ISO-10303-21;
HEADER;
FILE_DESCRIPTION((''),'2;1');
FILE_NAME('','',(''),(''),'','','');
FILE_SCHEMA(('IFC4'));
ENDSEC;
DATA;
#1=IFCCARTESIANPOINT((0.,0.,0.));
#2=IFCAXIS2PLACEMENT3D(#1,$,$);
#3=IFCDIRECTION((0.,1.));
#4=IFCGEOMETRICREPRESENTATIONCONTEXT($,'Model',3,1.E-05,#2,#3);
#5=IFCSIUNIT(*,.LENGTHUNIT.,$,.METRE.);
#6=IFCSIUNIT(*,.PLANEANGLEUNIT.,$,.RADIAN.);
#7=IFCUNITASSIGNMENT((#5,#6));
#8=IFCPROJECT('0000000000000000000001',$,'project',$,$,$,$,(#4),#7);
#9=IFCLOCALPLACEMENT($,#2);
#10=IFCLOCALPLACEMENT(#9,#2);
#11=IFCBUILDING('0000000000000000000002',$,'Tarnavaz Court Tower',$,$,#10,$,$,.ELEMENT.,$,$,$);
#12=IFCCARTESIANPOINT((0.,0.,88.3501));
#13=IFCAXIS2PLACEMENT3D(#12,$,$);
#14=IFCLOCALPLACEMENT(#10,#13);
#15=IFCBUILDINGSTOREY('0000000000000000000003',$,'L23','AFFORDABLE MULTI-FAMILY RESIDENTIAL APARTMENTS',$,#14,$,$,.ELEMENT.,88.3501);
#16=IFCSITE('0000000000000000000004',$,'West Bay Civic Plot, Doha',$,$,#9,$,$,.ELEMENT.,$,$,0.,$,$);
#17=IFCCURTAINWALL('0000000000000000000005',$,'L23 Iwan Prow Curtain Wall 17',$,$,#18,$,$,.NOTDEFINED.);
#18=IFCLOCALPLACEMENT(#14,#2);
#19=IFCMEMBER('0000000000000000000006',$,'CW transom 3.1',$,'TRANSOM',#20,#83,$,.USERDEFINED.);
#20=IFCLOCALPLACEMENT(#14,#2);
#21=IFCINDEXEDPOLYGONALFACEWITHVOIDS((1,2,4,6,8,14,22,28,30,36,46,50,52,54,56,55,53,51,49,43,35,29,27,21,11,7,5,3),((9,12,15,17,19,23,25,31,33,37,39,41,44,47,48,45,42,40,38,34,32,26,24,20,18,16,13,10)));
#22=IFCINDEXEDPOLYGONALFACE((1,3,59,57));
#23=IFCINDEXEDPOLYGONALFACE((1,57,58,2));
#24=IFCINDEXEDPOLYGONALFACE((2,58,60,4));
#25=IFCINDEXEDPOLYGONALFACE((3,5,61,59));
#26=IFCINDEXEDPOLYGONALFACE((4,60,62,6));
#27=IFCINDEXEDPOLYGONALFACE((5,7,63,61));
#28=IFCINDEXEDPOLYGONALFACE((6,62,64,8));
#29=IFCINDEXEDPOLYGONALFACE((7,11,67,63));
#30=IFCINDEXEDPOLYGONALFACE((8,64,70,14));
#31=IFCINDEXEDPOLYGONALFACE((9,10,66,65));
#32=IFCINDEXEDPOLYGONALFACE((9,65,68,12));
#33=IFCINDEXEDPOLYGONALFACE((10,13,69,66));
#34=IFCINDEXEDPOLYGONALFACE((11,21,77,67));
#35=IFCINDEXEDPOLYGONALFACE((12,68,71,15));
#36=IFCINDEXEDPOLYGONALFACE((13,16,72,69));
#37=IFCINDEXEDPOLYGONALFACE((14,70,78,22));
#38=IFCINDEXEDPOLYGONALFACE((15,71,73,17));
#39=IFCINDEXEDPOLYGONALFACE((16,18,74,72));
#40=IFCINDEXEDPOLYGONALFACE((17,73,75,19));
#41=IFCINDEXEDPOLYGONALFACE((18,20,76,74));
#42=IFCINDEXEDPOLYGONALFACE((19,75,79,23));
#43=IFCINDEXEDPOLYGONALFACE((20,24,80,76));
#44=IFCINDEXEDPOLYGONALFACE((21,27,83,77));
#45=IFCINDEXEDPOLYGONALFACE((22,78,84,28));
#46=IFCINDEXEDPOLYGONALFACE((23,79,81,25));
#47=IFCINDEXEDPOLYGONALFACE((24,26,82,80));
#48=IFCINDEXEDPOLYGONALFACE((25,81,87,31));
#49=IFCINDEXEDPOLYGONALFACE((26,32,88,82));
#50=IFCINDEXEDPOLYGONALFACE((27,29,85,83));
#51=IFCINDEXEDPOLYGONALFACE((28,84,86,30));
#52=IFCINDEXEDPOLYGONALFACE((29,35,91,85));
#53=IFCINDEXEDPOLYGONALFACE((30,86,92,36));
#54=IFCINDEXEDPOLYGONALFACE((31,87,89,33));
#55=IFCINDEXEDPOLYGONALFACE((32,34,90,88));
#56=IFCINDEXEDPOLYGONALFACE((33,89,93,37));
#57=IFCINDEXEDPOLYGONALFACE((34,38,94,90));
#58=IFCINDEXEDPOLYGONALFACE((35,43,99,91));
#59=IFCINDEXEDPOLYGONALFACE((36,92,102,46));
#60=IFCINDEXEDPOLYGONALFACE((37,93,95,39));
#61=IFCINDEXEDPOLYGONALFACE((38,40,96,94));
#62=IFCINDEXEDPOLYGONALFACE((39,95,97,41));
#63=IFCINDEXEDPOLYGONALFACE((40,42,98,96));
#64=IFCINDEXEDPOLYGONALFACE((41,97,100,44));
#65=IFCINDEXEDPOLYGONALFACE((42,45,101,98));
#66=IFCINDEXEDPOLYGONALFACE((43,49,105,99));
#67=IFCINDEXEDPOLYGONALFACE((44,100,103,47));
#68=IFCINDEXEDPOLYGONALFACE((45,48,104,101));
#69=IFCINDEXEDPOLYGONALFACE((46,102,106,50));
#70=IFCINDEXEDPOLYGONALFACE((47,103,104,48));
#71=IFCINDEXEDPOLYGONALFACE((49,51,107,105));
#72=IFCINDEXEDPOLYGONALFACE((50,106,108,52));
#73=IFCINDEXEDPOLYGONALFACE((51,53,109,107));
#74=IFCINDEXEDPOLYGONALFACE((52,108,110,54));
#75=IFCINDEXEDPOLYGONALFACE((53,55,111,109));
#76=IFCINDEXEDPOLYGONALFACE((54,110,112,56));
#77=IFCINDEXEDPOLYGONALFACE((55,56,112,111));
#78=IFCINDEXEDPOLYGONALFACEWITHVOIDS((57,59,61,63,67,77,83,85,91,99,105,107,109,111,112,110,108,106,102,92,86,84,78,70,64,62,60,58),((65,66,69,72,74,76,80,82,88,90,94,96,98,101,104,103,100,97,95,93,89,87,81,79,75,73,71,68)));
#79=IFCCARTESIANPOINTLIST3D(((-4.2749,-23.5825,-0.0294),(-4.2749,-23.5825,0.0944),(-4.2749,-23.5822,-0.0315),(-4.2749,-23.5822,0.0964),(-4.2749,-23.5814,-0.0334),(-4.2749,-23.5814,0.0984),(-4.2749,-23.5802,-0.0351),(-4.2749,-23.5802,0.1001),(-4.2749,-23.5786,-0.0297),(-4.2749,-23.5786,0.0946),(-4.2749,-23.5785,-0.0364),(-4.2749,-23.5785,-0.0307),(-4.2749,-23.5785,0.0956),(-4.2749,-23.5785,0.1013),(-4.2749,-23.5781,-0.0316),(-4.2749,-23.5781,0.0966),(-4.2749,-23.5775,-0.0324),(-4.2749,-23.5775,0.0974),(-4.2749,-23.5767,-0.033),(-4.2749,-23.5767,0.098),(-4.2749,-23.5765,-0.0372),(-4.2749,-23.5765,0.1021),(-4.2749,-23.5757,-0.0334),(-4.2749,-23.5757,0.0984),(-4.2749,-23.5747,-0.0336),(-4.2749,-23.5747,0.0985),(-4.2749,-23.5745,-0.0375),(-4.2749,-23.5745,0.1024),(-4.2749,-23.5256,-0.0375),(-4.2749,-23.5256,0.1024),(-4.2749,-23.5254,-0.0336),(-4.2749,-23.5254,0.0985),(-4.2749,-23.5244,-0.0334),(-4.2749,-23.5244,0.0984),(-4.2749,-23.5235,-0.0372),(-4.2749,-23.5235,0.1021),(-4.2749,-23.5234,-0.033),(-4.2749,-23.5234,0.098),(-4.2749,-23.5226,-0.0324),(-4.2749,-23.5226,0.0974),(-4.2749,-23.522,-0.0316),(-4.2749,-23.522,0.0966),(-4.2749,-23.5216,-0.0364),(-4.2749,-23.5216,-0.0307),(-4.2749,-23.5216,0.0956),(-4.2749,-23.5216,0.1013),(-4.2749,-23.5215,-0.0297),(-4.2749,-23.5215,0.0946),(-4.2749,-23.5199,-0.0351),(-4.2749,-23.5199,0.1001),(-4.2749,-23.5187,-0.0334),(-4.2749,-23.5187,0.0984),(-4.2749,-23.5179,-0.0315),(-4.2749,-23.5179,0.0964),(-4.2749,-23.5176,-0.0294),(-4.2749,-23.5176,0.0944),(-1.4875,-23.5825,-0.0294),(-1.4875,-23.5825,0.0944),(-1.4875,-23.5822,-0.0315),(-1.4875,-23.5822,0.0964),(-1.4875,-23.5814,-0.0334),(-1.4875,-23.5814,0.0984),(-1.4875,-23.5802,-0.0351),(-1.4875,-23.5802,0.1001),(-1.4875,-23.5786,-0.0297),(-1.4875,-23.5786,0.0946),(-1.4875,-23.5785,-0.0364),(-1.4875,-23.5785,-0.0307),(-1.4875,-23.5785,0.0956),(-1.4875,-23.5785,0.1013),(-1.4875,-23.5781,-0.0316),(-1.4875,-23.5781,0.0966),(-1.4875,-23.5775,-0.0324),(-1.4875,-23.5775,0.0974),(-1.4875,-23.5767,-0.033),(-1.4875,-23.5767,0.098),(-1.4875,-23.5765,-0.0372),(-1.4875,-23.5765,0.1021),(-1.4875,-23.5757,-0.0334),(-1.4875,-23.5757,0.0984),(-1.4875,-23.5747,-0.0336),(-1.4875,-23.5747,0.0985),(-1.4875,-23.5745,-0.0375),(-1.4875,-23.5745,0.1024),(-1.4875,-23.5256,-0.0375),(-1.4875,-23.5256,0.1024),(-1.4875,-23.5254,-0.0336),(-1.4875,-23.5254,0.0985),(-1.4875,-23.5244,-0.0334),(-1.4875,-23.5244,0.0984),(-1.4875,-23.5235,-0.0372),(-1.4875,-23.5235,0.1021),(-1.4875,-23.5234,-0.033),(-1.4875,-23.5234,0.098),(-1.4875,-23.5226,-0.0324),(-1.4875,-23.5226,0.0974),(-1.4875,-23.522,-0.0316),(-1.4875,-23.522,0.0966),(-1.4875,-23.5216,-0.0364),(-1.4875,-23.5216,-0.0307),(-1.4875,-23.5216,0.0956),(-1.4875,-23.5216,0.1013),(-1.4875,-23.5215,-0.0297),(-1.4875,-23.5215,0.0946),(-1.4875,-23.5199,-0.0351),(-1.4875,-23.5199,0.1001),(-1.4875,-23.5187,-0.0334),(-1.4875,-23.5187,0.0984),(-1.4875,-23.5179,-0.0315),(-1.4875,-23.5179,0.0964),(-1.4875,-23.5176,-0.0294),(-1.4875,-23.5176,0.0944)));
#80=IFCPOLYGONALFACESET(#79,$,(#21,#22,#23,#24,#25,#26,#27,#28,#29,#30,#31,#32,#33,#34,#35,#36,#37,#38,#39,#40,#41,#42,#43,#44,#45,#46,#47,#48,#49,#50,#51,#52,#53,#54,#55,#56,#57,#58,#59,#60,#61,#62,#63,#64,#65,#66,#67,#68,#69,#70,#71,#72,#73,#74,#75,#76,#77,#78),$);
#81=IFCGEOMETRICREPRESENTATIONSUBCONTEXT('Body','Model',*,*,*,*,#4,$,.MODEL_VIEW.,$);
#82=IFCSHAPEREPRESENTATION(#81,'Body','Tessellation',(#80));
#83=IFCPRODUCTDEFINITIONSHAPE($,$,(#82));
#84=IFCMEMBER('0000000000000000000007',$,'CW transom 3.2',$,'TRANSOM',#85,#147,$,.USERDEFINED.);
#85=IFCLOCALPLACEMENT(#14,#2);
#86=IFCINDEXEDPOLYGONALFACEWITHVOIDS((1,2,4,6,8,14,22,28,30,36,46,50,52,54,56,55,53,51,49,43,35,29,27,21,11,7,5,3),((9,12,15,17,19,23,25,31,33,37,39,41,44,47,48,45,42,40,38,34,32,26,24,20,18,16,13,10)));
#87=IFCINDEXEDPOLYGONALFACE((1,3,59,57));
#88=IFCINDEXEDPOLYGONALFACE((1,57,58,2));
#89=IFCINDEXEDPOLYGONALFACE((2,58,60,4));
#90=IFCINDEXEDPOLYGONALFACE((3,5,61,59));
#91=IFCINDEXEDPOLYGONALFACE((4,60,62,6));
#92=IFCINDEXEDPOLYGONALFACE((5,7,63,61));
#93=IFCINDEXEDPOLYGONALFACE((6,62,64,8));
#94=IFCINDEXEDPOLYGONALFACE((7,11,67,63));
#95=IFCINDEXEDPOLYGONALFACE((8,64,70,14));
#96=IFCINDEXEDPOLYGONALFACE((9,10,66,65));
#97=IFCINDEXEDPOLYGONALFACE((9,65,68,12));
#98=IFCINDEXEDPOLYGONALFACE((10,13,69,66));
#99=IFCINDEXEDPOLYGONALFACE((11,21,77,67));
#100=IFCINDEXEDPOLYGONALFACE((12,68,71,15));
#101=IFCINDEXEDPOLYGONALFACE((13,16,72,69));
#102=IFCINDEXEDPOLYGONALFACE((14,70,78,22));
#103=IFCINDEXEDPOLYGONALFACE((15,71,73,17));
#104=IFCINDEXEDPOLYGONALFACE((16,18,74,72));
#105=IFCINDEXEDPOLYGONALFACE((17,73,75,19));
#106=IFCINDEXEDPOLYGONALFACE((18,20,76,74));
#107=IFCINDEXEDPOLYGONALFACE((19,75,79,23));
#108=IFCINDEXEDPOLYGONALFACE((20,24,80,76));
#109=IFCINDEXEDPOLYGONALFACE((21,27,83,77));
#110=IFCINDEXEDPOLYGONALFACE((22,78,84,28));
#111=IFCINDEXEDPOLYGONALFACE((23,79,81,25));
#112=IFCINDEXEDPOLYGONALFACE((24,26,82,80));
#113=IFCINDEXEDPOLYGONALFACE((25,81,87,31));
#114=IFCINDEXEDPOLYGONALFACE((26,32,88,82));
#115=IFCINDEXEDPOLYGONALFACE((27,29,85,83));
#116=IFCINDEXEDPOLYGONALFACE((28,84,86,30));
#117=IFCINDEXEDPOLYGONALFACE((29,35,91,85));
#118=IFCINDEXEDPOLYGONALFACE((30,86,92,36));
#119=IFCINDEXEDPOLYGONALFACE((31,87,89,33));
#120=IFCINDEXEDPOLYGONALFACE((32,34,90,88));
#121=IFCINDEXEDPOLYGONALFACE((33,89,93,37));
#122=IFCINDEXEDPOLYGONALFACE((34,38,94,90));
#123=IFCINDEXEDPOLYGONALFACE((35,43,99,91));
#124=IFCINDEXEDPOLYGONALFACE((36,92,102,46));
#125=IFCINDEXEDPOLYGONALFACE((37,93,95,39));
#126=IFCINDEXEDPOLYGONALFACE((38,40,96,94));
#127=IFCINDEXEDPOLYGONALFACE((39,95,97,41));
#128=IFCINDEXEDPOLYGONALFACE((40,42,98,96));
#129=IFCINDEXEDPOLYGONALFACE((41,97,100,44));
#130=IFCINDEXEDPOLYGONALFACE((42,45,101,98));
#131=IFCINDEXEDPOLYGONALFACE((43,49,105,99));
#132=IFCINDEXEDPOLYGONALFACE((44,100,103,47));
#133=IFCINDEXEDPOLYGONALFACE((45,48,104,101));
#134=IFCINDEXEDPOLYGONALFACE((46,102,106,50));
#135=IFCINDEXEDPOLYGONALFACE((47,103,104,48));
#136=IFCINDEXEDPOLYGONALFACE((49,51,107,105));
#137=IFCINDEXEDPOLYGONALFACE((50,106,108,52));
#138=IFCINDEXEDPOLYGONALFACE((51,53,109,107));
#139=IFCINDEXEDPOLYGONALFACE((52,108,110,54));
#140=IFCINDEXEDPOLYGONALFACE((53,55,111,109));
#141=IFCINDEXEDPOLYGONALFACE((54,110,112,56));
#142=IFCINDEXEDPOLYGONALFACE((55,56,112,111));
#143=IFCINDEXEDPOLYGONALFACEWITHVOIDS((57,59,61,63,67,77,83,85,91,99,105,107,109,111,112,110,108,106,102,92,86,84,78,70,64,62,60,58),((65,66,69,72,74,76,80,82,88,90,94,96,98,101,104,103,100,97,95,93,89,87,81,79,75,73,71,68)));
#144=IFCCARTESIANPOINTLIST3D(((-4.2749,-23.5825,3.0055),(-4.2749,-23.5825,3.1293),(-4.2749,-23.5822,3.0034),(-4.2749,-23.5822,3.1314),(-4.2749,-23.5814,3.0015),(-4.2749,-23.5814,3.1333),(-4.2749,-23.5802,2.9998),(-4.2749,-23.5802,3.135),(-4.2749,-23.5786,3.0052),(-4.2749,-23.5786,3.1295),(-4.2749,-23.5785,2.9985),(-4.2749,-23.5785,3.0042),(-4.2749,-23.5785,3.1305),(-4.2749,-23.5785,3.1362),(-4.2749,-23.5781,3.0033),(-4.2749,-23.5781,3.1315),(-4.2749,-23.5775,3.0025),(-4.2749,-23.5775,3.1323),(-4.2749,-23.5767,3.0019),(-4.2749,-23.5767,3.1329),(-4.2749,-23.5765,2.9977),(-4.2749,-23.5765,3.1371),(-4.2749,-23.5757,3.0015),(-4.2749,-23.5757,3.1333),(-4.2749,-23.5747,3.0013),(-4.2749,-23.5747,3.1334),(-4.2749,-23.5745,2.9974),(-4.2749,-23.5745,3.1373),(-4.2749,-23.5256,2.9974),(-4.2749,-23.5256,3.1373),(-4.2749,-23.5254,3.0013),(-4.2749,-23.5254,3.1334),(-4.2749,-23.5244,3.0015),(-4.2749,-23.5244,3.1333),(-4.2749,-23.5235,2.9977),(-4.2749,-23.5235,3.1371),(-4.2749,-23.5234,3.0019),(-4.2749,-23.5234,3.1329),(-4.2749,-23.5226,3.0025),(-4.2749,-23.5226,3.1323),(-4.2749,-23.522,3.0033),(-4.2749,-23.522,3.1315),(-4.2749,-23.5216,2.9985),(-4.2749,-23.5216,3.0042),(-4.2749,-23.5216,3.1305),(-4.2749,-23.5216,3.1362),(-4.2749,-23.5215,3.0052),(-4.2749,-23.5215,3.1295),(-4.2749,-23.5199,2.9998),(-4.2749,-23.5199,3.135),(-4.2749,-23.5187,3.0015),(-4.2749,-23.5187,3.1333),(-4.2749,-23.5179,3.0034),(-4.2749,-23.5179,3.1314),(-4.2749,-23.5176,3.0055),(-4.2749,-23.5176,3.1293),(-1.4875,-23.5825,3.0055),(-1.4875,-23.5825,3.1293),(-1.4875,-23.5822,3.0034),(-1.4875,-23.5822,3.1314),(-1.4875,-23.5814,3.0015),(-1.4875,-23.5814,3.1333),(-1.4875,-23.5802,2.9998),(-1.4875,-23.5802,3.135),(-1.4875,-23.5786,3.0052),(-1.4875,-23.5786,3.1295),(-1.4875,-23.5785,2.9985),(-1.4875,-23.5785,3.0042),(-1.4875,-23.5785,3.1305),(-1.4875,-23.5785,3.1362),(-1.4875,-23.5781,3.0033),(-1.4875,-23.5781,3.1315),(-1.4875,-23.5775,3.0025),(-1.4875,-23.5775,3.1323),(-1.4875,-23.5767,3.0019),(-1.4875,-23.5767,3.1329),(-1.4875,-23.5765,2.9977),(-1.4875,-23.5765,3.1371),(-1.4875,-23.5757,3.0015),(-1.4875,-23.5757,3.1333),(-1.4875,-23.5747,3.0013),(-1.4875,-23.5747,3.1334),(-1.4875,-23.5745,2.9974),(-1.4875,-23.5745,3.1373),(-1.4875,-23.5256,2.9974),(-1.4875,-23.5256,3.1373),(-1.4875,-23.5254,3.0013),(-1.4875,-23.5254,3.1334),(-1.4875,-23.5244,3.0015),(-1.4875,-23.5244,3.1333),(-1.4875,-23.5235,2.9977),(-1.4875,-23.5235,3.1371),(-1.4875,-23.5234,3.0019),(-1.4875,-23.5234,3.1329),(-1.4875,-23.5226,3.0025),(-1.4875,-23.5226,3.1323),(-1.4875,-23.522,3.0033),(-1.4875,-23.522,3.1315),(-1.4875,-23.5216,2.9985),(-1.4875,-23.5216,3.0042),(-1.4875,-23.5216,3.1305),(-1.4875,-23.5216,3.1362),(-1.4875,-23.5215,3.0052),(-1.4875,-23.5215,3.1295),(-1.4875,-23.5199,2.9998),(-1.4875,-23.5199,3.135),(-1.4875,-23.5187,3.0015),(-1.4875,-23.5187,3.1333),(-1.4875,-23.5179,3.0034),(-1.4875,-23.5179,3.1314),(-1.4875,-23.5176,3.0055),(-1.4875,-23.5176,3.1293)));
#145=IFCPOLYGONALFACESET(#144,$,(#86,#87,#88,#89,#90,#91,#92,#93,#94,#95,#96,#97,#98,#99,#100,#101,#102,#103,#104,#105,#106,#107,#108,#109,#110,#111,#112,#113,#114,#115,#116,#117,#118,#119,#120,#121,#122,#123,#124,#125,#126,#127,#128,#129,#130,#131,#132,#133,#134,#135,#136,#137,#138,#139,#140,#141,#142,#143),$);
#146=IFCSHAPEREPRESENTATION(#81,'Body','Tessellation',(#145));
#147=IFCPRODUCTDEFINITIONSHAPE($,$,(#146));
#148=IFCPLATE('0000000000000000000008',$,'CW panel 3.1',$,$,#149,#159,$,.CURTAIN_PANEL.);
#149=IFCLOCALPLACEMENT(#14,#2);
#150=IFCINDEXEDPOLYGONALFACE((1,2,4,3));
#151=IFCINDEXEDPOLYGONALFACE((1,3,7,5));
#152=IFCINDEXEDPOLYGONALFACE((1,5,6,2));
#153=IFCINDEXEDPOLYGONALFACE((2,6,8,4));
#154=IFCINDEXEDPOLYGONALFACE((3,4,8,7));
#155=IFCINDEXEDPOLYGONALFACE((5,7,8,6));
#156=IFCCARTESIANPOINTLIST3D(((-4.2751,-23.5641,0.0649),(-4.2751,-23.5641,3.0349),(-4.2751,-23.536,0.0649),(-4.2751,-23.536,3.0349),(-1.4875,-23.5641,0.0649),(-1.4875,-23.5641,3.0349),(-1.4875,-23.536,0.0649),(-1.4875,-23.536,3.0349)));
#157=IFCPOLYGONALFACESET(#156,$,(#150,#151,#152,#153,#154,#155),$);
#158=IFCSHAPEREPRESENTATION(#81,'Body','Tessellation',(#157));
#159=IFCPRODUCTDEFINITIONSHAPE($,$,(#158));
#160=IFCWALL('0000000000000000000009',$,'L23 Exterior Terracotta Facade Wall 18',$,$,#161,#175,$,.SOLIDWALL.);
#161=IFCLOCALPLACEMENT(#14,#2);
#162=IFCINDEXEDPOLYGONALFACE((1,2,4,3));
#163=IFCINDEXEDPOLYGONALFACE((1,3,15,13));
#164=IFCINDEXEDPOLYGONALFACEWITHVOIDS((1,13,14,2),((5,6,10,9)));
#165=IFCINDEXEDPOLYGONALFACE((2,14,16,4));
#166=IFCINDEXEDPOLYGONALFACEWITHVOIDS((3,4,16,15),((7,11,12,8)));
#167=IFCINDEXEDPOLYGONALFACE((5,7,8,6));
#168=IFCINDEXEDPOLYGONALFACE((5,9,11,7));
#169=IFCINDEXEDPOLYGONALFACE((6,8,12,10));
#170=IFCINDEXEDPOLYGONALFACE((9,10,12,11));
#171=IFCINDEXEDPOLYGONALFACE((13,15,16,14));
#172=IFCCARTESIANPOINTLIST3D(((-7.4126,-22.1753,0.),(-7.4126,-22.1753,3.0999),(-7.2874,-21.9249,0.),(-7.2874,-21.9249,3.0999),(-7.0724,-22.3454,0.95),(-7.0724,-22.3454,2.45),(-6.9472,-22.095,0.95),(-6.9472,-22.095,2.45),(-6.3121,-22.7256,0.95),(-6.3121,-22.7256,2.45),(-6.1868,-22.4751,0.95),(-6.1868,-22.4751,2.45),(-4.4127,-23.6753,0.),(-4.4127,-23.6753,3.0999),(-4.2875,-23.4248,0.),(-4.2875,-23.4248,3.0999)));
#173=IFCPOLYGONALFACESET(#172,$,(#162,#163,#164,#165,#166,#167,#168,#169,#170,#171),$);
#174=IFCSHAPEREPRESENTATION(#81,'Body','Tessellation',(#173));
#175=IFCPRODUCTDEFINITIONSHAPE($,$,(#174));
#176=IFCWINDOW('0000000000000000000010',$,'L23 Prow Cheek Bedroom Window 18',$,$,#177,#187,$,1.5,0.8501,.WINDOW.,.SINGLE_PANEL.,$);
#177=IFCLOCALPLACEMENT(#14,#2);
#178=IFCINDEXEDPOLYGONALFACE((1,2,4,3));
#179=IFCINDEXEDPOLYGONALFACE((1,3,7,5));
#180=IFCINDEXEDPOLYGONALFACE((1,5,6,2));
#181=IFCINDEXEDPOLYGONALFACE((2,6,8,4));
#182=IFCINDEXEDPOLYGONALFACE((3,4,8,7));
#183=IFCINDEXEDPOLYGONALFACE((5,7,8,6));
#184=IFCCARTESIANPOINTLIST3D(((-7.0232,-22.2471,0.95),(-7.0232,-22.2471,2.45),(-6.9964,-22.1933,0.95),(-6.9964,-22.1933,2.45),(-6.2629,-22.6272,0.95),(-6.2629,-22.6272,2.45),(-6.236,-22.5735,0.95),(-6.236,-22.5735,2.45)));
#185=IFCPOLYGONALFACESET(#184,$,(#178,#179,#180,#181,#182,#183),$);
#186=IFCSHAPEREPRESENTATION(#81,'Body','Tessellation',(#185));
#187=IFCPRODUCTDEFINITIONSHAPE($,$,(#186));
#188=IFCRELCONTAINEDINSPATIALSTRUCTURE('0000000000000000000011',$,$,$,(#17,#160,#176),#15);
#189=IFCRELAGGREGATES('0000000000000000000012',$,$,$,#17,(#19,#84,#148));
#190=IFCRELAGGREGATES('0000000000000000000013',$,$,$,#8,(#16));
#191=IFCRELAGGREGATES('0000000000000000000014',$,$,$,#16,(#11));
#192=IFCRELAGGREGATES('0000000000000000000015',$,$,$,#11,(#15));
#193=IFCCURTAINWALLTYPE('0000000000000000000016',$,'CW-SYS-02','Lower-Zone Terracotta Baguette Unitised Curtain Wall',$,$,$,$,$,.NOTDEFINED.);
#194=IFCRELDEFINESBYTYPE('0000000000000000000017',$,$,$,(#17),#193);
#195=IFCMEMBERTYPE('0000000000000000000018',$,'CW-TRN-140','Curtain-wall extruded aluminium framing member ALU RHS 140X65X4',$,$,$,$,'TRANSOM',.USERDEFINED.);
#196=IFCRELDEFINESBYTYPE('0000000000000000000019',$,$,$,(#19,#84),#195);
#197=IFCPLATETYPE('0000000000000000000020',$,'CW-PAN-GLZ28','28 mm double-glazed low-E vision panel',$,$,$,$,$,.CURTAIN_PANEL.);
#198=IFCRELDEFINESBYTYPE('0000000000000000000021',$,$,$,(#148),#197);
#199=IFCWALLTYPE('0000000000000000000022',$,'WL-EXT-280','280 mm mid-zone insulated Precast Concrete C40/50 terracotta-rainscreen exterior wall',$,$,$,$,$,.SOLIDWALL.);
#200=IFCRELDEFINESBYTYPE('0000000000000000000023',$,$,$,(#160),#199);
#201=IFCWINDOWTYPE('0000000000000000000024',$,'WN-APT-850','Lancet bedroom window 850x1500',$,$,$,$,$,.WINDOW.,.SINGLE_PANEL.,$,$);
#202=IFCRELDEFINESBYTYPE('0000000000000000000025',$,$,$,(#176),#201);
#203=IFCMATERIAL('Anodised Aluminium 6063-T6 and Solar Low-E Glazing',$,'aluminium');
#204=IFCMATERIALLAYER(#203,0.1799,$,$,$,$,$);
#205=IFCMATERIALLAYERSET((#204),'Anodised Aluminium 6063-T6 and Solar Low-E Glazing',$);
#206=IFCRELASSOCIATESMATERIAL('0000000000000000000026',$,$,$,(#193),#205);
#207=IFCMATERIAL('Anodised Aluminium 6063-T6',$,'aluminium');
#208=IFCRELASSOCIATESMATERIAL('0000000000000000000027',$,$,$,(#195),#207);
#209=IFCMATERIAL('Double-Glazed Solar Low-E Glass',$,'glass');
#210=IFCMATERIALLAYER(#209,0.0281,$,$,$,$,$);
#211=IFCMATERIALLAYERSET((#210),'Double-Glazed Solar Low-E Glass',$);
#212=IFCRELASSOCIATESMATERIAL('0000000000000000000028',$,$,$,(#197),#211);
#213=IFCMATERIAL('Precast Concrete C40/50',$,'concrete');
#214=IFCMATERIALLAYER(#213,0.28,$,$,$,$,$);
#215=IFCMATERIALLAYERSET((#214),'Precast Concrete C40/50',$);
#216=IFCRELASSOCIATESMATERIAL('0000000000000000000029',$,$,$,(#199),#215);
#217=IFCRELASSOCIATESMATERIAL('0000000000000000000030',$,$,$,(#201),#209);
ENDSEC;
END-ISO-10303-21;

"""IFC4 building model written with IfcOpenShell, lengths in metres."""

from ifc_helpers import new_model, si_unit, direction, frame, frame_2d, origin, origin_2d, place, context, subcontext, project, spatial, rectangle, hollow_rectangle, extrude, material, layer, layer_set, material_profile, profile_set, type_object, element, fill, aggregate, save


model = new_model("IFC4")

# Units and contexts
model_context = context("Model", 3, precision=1e-05, world=origin(), true_north=direction((0.0, 1.0)))
body_context = subcontext(model_context, "Body", "Model", "MODEL_VIEW")
ifc_project = project(units=[si_unit("LENGTHUNIT", "METRE"), si_unit("PLANEANGLEUNIT", "RADIAN")], contexts=[model_context])

# Site, building, storey
site_placement = place(None, origin())
site = spatial("IfcSite", under=ifc_project, at=site_placement, Name="West Bay Civic Plot, Doha", CompositionType="ELEMENT", RefElevation=0.0)
building_placement = place(site_placement, origin())
building = spatial("IfcBuilding", under=site, at=building_placement, Name="Tarnavaz Court Tower", CompositionType="ELEMENT")
storey_placement = place(building_placement, frame((0.0, 0.0, 88.3501)))
storey = spatial("IfcBuildingStorey", under=building, at=storey_placement, Name="L23", Description="AFFORDABLE MULTI-FAMILY RESIDENTIAL APARTMENTS", CompositionType="ELEMENT", Elevation=88.3501)

# Curtain wall, members, plate
ifc_material_1 = material(Name="Anodised Aluminium 6063-T6 and Solar Low-E Glazing", Category="aluminium")
ifc_layer_1 = layer(ifc_material_1, 0.1799)
ifc_layer_set_1 = layer_set([ifc_layer_1], Name="Anodised Aluminium 6063-T6 and Solar Low-E Glazing")
curtain_wall_type = type_object("IfcCurtainWallType", Name="CW-SYS-02", Description="Lower-Zone Terracotta Baguette Unitised Curtain Wall", PredefinedType="NOTDEFINED", material=ifc_layer_set_1)
curtain_wall_placement = place(storey_placement, origin())
curtain_wall = element("IfcCurtainWall", 1, at=curtain_wall_placement, inside=storey, type_object=curtain_wall_type, Name="L23 Iwan Prow Curtain Wall 17", PredefinedType="NOTDEFINED")
ifc_material_2 = material(Name="Anodised Aluminium 6063-T6", Category="aluminium")
ifc_material_profile_1 = material_profile(ifc_material_2, hollow_rectangle(XDim=0.0649, YDim=0.1399, WallThickness=0.0039, InnerFilletRadius=0.0039, OuterFilletRadius=0.0081, at=origin_2d()), Name="ALU RHS 140X65X4")
ifc_profile_set_1 = profile_set([ifc_material_profile_1], Name="Anodised Aluminium 6063-T6")
member_type_1 = type_object("IfcMemberType", Name="CW-TRN-140", Description="Curtain-wall extruded aluminium framing member ALU RHS 140X65X4", ElementType="TRANSOM", PredefinedType="USERDEFINED", material=ifc_profile_set_1)
member_1_placement = place(storey_placement, frame((-1.4875, -23.55, 0.0325), z_axis=(-1.0, 0.0, 0.0), x_axis=(0.0, -1.0, 0.0)))
member_1 = element("IfcMember", 2, at=member_1_placement, type_object=member_type_1, Name="CW transom 3.1", ObjectType="TRANSOM", PredefinedType="USERDEFINED", context=body_context, shape_type="SweptSolid", body=[
    extrude(hollow_rectangle(XDim=0.0649, YDim=0.1399, WallThickness=0.0039, InnerFilletRadius=0.0039, OuterFilletRadius=0.0081, at=origin_2d()), origin(), (0.0, 0.0, 1.0), 2.7874),
])
member_2_placement = place(storey_placement, frame((-1.4875, -23.55, 3.0674), z_axis=(-1.0, 0.0, 0.0), x_axis=(0.0, -1.0, 0.0)))
member_2 = element("IfcMember", 3, at=member_2_placement, type_object=member_type_1, Name="CW transom 3.2", ObjectType="TRANSOM", PredefinedType="USERDEFINED", context=body_context, shape_type="SweptSolid", body=[
    extrude(hollow_rectangle(XDim=0.0649, YDim=0.1399, WallThickness=0.0039, InnerFilletRadius=0.0039, OuterFilletRadius=0.0081, at=origin_2d()), origin(), (0.0, 0.0, 1.0), 2.7874),
])
ifc_material_3 = material(Name="Double-Glazed Solar Low-E Glass", Category="glass")
ifc_layer_2 = layer(ifc_material_3, 0.0281)
ifc_layer_set_2 = layer_set([ifc_layer_2], Name="Double-Glazed Solar Low-E Glass")
plate_type = type_object("IfcPlateType", Name="CW-PAN-GLZ28", Description="28 mm double-glazed low-E vision panel", PredefinedType="CURTAIN_PANEL", material=ifc_layer_set_2)
plate_placement = place(storey_placement, frame((-2.8813, -23.55, 0.0649), z_axis=(0.0, 0.0, 1.0), x_axis=(-1.0, 0.0, 0.0)))
plate = element("IfcPlate", 4, at=plate_placement, type_object=plate_type, Name="CW panel 3.1", PredefinedType="CURTAIN_PANEL", context=body_context, shape_type="SweptSolid", body=[
    extrude(rectangle(XDim=2.7876, YDim=0.0281, at=origin_2d()), origin(), (0.0, 0.0, 1.0), 2.97),
])
aggregate(curtain_wall, [member_1, member_2, plate])

# Wall, opening, window
ifc_material_4 = material(Name="Precast Concrete C40/50", Category="concrete")
ifc_layer_3 = layer(ifc_material_4, 0.28)
ifc_layer_set_3 = layer_set([ifc_layer_3], Name="Precast Concrete C40/50")
wall_type_1 = type_object("IfcWallType", Name="WL-EXT-280", Description="280 mm mid-zone insulated Precast Concrete C40/50 terracotta-rainscreen exterior wall", PredefinedType="SOLIDWALL", material=ifc_layer_set_3)
wall_1_placement = place(storey_placement, frame((-4.3501, -23.55, 0.0), z_axis=(0.0, 0.0, 1.0), x_axis=(-0.894427, 0.447214, 0.0)))
wall_1 = element("IfcWall", 5, at=wall_1_placement, inside=storey, type_object=wall_type_1, Name="L23 Exterior Terracotta Facade Wall 18", PredefinedType="SOLIDWALL", context=body_context, shape_type="SweptSolid", body=[
    extrude(rectangle(XDim=3.354, YDim=0.28, at=frame_2d((1.677, 0.0))), origin(), (0.0, 0.0, 1.0), 3.0999),
])
opening_1_placement = place(wall_1_placement, frame((2.1235, 0.0, 0.95)))
opening_1 = element("IfcOpeningElement", 6, at=opening_1_placement, cuts=wall_1, PredefinedType="OPENING", context=body_context, shape_type="SweptSolid", body=[
    extrude(rectangle(XDim=0.8501, YDim=1.5, at=frame_2d((0.425, 0.75))), frame((0.0, 0.1499, 0.0), z_axis=(0.0, -1.0, 0.0), x_axis=(1.0, 0.0, 0.0)), (0.0, 0.0, 1.0), 0.3),
])
window_type_1 = type_object("IfcWindowType", Name="WN-APT-850", Description="Lancet bedroom window 850x1500", PartitioningType="SINGLE_PANEL", PredefinedType="WINDOW", material=ifc_material_3)
window_1_placement = place(opening_1_placement, origin())
window_1 = element("IfcWindow", 7, at=window_1_placement, inside=storey, type_object=window_type_1, Name="L23 Prow Cheek Bedroom Window 18", OverallHeight=1.5, OverallWidth=0.8501, PartitioningType="SINGLE_PANEL", PredefinedType="WINDOW", context=body_context, shape_type="SweptSolid", body=[
    extrude(rectangle(XDim=0.8501, YDim=1.5, at=frame_2d((0.425, 0.75))), frame((0.0, 0.03, 0.0), z_axis=(0.0, -1.0, 0.0), x_axis=(1.0, 0.0, 0.0)), (0.0, 0.0, 1.0), 0.0601),
])
fill(opening_1, window_1)

save(model, "model.ifc")
